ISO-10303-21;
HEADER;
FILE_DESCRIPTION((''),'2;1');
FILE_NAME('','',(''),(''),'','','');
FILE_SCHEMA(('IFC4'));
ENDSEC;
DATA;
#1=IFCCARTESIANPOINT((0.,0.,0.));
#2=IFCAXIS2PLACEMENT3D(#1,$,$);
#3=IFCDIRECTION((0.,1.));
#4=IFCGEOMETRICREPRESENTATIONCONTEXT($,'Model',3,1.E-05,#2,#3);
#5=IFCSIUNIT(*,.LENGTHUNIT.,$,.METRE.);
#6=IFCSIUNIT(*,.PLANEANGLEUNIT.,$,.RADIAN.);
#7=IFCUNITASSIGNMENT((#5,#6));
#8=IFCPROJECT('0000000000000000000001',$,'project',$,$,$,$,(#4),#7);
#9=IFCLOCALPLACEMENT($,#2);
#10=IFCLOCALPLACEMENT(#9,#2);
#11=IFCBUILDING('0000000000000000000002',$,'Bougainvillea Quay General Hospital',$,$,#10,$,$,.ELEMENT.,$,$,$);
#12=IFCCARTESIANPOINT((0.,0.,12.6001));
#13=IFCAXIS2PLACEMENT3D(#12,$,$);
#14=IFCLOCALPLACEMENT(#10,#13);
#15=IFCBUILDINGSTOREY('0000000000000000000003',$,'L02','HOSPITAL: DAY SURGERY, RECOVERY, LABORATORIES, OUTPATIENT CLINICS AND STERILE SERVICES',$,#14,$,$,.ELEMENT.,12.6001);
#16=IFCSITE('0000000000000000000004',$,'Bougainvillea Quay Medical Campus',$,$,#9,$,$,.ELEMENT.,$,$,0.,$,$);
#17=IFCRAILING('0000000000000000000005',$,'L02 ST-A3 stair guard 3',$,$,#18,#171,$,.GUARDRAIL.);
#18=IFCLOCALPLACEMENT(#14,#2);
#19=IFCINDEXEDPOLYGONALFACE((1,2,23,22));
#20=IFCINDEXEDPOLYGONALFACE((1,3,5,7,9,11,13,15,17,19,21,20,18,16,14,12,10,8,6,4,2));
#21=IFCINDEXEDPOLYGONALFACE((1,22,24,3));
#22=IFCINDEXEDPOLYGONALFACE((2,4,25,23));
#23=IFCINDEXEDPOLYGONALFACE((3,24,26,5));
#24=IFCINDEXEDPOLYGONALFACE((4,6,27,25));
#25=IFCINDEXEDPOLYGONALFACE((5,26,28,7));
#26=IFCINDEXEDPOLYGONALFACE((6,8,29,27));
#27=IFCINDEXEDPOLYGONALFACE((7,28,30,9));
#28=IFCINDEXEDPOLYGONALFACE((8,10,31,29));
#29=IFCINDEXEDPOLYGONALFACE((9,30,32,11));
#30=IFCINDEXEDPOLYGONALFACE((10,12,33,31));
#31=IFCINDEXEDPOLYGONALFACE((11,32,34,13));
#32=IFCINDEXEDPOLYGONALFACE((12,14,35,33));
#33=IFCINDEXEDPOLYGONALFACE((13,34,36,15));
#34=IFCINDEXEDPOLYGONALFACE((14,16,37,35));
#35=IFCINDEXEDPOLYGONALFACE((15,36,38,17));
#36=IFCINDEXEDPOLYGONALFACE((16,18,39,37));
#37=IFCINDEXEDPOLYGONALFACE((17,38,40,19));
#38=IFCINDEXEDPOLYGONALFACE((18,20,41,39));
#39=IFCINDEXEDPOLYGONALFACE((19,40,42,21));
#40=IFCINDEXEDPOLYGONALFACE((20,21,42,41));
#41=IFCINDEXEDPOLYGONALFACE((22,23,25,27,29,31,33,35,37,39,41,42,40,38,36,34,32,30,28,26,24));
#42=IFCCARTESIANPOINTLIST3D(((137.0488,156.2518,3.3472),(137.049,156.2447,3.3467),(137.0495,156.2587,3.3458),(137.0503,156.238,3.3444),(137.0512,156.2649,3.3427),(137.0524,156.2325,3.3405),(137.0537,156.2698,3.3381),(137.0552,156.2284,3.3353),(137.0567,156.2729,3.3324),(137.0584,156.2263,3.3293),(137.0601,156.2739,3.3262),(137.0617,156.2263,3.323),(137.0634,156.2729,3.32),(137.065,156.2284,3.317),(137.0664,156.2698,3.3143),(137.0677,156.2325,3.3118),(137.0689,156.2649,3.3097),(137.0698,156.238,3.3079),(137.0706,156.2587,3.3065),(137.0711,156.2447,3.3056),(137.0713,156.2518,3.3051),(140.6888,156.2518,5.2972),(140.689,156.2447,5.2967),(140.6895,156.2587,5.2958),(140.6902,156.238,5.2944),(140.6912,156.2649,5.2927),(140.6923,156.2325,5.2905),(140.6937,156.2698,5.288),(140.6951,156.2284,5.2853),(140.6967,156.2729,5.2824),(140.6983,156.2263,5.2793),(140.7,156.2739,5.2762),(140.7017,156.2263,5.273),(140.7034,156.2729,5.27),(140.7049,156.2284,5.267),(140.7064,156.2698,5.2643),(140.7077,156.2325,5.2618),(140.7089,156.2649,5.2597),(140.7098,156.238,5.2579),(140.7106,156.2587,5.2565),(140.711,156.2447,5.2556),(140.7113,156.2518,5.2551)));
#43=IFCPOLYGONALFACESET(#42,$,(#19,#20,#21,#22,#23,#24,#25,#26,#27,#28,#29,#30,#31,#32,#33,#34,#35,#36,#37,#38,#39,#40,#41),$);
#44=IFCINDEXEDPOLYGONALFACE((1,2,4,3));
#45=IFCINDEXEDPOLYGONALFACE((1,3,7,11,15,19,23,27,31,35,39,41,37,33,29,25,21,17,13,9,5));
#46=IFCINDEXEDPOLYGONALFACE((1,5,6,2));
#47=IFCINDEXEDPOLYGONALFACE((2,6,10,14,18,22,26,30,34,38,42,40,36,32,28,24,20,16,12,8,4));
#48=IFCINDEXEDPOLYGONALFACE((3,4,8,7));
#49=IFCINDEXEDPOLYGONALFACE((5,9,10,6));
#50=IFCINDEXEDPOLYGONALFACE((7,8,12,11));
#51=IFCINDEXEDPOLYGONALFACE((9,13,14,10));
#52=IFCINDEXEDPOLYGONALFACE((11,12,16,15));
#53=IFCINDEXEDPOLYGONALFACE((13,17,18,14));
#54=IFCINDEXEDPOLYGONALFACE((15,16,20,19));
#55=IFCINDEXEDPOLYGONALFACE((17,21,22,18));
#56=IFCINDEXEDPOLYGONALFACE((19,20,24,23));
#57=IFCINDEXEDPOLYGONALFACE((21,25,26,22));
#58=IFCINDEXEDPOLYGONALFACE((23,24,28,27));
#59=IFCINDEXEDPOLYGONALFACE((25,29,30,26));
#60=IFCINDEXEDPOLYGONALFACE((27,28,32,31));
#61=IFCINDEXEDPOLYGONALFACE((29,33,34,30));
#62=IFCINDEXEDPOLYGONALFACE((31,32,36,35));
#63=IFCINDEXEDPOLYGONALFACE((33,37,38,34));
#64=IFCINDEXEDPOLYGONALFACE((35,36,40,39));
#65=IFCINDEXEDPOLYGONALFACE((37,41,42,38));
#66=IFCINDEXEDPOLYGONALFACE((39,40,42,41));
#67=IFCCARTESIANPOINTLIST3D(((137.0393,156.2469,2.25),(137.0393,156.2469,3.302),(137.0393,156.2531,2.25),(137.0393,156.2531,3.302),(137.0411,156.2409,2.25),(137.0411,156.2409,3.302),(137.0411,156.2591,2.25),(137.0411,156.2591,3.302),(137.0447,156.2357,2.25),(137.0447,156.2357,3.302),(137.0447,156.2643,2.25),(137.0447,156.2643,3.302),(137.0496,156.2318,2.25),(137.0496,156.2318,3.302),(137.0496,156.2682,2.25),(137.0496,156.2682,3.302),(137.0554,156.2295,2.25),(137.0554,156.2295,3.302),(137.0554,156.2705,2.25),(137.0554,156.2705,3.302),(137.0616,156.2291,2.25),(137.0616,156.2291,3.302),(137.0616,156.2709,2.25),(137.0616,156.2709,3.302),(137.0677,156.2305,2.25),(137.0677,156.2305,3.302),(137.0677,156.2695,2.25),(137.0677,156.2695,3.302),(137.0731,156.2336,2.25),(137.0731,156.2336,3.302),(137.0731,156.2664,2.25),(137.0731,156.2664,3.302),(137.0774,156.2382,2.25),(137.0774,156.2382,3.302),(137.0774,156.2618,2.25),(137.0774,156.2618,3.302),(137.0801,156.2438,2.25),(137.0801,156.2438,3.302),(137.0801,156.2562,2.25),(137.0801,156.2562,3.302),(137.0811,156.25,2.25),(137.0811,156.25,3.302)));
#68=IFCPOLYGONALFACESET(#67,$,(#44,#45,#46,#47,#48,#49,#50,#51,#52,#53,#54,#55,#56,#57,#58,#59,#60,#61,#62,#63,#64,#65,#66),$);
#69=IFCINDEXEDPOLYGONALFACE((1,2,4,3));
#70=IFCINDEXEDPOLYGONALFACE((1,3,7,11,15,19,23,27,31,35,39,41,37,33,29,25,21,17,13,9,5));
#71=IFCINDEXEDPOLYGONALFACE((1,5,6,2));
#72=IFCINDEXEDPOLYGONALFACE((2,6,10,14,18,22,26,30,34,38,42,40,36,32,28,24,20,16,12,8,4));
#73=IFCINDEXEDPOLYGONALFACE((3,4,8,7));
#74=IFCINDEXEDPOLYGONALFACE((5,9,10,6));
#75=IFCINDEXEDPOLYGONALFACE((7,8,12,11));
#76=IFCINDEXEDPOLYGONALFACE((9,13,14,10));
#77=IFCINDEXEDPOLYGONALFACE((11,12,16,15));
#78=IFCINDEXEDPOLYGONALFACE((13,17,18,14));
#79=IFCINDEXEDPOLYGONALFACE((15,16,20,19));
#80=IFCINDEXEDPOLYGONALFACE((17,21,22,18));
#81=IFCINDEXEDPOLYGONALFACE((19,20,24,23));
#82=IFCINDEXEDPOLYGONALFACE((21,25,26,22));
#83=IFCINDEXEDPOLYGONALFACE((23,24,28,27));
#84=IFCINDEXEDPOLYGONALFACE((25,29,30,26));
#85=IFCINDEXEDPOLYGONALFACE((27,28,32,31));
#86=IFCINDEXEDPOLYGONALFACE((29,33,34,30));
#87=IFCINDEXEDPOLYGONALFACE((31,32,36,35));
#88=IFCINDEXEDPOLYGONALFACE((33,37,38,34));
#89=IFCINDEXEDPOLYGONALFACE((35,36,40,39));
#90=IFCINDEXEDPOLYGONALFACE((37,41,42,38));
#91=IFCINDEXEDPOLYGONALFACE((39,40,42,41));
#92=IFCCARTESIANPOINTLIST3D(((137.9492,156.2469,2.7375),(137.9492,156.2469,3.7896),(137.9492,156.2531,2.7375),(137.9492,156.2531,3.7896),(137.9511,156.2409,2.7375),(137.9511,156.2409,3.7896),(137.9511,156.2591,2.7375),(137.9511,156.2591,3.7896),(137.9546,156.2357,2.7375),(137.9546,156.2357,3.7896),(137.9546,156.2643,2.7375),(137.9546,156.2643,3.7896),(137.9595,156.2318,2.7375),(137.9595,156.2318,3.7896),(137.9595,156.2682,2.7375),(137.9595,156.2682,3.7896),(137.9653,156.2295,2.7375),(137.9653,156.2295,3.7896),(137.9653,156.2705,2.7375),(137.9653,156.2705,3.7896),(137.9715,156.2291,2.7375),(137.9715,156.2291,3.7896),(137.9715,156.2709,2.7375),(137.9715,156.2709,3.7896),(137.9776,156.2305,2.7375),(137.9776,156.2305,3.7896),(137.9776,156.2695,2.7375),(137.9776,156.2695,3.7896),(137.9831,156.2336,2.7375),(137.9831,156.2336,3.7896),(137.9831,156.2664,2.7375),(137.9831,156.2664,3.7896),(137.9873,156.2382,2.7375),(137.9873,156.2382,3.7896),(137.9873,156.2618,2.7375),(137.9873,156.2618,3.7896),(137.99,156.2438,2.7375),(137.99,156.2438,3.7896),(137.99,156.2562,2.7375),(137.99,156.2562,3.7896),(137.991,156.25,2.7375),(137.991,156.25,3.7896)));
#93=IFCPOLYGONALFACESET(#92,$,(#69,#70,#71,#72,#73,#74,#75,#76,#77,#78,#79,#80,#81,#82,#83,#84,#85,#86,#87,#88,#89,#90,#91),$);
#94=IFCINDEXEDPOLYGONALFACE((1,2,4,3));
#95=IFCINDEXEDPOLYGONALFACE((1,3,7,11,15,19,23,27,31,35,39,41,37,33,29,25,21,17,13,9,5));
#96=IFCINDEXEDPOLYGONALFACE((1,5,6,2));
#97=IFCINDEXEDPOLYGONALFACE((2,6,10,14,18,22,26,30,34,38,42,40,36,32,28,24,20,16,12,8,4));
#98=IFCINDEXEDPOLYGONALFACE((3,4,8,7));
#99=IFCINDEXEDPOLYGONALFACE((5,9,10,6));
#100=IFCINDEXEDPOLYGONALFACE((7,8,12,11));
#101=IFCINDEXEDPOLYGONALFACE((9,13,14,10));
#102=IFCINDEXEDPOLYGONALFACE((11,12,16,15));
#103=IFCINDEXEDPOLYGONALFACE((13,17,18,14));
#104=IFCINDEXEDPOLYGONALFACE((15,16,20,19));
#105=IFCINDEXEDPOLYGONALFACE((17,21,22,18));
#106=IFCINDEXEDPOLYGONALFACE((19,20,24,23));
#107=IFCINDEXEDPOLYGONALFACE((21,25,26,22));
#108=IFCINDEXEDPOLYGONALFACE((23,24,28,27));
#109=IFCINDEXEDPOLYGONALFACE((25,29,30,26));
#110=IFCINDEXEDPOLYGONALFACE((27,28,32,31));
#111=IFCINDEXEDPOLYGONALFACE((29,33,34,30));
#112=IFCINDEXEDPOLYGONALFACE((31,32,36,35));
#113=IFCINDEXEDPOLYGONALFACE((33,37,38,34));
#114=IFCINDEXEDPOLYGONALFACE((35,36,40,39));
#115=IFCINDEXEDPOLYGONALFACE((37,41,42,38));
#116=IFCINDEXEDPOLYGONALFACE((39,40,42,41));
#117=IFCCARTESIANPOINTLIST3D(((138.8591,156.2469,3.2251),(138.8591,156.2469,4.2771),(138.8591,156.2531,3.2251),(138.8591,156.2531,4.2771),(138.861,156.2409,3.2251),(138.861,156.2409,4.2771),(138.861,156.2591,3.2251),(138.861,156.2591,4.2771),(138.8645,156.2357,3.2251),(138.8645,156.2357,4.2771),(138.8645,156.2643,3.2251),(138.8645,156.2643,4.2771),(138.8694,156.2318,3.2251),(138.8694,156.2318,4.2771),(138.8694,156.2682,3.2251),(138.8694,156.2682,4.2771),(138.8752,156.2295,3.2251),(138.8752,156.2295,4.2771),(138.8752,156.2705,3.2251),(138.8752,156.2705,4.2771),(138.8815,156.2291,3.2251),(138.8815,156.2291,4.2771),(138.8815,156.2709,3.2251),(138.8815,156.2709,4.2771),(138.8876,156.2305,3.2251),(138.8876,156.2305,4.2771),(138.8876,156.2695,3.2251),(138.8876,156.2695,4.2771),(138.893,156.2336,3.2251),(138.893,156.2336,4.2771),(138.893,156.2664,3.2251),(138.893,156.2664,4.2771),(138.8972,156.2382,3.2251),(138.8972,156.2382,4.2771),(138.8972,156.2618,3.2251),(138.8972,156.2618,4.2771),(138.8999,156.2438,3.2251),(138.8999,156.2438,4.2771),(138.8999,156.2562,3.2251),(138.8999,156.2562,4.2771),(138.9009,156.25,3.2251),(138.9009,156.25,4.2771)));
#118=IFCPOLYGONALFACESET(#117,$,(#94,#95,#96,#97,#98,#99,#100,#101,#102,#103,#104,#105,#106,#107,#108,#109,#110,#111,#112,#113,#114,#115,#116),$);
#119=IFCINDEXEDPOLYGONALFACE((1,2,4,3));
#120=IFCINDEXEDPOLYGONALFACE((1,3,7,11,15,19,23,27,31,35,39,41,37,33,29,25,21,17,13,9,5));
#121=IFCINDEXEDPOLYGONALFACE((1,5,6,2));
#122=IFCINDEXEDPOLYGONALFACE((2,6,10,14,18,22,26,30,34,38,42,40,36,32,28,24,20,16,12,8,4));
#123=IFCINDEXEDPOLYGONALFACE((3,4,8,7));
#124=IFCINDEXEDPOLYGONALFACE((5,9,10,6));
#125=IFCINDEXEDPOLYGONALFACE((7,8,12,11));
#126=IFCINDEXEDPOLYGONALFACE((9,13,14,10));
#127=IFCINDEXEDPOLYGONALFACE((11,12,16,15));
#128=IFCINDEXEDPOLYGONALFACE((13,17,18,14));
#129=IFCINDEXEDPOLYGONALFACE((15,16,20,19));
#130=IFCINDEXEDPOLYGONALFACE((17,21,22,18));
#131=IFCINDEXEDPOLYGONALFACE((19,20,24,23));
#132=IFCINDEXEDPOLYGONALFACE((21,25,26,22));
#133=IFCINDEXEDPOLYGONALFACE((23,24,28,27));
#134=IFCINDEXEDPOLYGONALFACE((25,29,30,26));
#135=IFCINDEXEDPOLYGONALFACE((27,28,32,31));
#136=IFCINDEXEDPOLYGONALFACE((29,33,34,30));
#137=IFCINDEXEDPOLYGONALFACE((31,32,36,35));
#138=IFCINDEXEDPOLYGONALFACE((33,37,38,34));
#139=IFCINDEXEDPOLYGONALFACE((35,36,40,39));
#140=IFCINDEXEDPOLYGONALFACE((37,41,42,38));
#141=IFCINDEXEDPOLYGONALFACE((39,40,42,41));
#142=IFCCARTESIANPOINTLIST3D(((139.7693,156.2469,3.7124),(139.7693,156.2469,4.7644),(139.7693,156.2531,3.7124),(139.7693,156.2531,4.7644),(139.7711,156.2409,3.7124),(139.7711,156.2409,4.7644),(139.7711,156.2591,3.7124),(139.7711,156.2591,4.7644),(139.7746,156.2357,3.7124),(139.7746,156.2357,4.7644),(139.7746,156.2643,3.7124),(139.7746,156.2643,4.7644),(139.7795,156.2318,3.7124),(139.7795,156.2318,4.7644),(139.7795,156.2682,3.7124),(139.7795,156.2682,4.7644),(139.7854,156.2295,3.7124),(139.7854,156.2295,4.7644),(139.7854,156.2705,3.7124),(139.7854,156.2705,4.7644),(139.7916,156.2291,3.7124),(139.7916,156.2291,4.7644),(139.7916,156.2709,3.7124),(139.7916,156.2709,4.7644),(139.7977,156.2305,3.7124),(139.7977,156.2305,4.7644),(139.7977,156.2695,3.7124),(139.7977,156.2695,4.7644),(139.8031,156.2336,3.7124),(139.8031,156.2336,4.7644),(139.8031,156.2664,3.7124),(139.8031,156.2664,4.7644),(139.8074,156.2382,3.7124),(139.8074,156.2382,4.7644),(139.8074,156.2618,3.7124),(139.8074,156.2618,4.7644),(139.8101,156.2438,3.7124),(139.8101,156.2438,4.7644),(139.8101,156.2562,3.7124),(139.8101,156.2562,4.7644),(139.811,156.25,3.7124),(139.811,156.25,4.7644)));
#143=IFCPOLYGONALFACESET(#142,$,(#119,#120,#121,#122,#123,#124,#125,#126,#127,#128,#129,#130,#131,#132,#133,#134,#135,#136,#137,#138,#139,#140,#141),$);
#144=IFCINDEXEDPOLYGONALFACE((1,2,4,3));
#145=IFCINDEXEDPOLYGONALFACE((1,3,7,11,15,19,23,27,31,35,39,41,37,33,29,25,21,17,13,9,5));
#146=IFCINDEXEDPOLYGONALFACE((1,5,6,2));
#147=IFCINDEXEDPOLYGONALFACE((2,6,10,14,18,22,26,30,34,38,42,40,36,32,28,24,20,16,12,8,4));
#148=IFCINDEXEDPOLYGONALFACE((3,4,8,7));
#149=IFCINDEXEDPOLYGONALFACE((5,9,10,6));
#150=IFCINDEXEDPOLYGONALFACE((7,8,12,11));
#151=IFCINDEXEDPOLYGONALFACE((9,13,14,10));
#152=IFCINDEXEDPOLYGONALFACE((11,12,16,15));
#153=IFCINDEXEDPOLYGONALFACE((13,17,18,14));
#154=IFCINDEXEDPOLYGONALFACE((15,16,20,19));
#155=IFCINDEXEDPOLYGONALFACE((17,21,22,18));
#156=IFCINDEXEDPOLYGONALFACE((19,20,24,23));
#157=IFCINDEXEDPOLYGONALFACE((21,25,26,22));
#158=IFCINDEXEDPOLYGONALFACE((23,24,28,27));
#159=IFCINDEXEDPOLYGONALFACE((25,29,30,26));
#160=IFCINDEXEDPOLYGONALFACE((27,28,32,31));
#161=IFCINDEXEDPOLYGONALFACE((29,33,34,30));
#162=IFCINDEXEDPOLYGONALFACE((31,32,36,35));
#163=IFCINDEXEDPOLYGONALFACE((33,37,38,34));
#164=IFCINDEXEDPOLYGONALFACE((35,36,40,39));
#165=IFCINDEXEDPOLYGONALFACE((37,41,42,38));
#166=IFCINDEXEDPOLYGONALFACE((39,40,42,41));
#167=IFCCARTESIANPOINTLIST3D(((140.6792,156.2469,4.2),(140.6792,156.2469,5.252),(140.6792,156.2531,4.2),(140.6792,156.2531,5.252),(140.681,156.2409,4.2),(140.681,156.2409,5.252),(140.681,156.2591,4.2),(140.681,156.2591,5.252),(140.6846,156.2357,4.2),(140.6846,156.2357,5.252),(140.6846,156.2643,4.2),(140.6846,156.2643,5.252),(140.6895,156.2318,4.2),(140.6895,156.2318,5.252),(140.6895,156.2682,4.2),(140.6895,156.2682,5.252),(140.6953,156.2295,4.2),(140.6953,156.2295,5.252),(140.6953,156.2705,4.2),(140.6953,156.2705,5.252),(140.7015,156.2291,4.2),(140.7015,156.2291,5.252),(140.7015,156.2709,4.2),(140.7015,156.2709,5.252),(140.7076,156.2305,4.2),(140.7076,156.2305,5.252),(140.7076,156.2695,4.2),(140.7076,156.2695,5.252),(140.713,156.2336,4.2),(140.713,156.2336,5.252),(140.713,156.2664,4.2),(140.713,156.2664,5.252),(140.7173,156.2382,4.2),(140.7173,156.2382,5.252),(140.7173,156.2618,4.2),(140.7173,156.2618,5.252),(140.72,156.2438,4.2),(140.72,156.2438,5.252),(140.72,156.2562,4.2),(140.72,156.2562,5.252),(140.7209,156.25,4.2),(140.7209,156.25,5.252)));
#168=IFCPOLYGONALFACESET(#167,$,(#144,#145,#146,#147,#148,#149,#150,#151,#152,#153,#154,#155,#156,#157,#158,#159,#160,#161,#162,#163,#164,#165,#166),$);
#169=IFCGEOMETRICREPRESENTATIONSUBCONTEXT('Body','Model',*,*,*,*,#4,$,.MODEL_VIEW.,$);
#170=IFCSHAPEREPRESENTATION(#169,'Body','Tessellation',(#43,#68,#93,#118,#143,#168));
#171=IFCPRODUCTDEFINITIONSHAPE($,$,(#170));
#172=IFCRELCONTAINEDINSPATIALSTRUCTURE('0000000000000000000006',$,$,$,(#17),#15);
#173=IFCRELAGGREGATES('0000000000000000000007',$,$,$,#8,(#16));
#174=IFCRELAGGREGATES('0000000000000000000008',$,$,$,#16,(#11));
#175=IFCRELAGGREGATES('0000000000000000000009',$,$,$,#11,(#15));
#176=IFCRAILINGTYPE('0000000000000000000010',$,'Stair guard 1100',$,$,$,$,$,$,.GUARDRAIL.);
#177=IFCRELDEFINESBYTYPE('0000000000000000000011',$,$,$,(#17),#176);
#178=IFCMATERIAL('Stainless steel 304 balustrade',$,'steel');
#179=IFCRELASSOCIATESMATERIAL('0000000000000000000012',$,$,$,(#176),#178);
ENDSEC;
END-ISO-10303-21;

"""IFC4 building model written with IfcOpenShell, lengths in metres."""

from ifc_helpers import new_model, si_unit, direction, frame, origin, origin_2d, place, context, subcontext, project, spatial, circle, extrude, material, type_object, element, save


model = new_model("IFC4")

# Units and contexts
model_context = context("Model", 3, precision=1e-05, world=origin(), true_north=direction((0.0, 1.0)))
body_context = subcontext(model_context, "Body", "Model", "MODEL_VIEW")
ifc_project = project(units=[si_unit("LENGTHUNIT", "METRE"), si_unit("PLANEANGLEUNIT", "RADIAN")], contexts=[model_context])

# Site, building, storey
site_placement = place(None, origin())
site = spatial("IfcSite", under=ifc_project, at=site_placement, Name="Bougainvillea Quay Medical Campus", CompositionType="ELEMENT", RefElevation=0.0)
building_placement = place(site_placement, origin())
building = spatial("IfcBuilding", under=site, at=building_placement, Name="Bougainvillea Quay General Hospital", CompositionType="ELEMENT")
storey_placement = place(building_placement, frame((0.0, 0.0, 12.6001)))
storey = spatial("IfcBuildingStorey", under=building, at=storey_placement, Name="L02", Description="HOSPITAL: DAY SURGERY, RECOVERY, LABORATORIES, OUTPATIENT CLINICS AND STERILE SERVICES", CompositionType="ELEMENT", Elevation=12.6001)

# Railing
ifc_material_1 = material(Name="Stainless steel 304 balustrade", Category="steel")
railing_type_1 = type_object("IfcRailingType", Name="Stair guard 1100", PredefinedType="GUARDRAIL", material=ifc_material_1)
railing_1_placement = place(storey_placement, frame((137.0601, 156.25, 2.25)))
element("IfcRailing", 1, at=railing_1_placement, inside=storey, type_object=railing_type_1, Name="L02 ST-A3 stair guard 3", PredefinedType="GUARDRAIL", context=body_context, shape_type="SweptSolid", body=[
    extrude(circle(Radius=0.0239, at=origin_2d()), frame((0.0, 0.0, 1.0762), z_axis=(0.881479, 0.0, 0.472223), x_axis=(0.0, 1.0, 0.0)), (0.0, 0.0, 1.0), 4.1294),
    extrude(circle(Radius=0.021, at=origin_2d()), origin(), (0.0, 0.0, 1.0), 1.052),
    extrude(circle(Radius=0.021, at=origin_2d()), frame((0.9099, 0.0, 0.4875)), (0.0, 0.0, 1.0), 1.052),
    extrude(circle(Radius=0.021, at=origin_2d()), frame((1.8198, 0.0, 0.9751)), (0.0, 0.0, 1.0), 1.052),
    extrude(circle(Radius=0.021, at=origin_2d()), frame((2.73, 0.0, 1.4624)), (0.0, 0.0, 1.0), 1.052),
    extrude(circle(Radius=0.021, at=origin_2d()), frame((3.6399, 0.0, 1.95)), (0.0, 0.0, 1.0), 1.052),
])

save(model, "model.ifc")
